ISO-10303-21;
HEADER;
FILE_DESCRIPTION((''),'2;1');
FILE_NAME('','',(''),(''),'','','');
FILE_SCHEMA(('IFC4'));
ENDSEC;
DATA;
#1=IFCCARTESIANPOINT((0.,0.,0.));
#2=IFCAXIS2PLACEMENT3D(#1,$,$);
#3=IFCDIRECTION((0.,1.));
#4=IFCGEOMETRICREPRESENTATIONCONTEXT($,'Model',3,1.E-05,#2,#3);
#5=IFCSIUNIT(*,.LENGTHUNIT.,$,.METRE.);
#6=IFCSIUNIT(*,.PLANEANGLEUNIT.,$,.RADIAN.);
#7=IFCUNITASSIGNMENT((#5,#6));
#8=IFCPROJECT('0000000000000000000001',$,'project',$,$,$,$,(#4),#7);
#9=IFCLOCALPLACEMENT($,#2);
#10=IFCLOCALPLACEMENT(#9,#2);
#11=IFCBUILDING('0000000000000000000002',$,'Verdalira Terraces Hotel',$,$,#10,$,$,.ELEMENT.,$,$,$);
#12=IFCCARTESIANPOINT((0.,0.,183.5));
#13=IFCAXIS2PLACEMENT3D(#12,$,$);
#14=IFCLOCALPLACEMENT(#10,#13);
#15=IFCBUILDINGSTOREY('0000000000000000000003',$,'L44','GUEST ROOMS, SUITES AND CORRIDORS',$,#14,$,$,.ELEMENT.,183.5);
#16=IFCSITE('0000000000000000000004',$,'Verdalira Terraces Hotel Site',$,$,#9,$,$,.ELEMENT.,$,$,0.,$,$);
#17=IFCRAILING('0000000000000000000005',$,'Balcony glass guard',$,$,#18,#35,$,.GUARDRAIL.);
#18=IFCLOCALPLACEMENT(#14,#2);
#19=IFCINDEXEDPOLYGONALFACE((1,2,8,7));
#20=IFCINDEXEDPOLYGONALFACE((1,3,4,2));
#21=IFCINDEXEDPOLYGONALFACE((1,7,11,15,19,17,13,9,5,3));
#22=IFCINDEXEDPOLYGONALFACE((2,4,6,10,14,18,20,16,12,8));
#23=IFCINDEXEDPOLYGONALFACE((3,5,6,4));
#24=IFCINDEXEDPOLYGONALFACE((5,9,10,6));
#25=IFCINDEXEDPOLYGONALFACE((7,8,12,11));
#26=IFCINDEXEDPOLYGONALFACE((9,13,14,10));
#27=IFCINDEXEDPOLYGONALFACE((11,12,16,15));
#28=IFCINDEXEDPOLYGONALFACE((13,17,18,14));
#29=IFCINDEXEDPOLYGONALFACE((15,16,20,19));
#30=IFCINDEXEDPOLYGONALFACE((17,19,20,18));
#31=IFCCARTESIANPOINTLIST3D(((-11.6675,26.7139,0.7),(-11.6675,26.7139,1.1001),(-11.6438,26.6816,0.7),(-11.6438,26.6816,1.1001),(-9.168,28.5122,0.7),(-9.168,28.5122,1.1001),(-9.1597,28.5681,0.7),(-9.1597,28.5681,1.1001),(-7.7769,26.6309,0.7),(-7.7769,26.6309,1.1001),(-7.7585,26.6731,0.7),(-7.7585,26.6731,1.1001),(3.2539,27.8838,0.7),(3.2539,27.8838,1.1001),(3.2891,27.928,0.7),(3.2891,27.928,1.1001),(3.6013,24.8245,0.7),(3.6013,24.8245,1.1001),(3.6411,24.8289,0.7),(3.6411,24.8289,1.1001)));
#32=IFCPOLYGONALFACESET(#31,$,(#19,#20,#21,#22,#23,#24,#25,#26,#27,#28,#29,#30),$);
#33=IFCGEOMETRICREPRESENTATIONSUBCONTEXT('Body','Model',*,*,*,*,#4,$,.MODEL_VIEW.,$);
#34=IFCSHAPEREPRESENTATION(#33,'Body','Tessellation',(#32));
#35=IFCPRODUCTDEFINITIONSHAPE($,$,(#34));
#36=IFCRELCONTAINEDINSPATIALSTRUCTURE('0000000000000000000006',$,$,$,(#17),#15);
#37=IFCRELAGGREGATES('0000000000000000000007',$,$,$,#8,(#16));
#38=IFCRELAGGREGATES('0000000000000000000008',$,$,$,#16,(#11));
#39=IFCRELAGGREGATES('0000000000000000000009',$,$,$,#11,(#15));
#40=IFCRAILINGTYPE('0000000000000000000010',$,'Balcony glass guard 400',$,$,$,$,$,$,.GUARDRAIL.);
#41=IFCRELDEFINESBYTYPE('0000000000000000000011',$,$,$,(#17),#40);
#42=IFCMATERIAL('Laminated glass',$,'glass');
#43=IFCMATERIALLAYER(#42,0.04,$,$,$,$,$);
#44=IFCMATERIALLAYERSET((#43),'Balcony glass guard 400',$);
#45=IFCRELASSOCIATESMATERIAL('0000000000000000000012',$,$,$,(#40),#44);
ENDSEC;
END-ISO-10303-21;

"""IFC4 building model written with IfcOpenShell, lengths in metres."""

from ifc_helpers import new_model, si_unit, direction, frame, origin, place, context, subcontext, project, spatial, polyline, outline, extrude, material, layer, layer_set, type_object, element, save


model = new_model("IFC4")

# Units and contexts
model_context = context("Model", 3, precision=1e-05, world=origin(), true_north=direction((0.0, 1.0)))
body_context = subcontext(model_context, "Body", "Model", "MODEL_VIEW")
ifc_project = project(units=[si_unit("LENGTHUNIT", "METRE"), si_unit("PLANEANGLEUNIT", "RADIAN")], contexts=[model_context])

# Site, building, storey
site_placement = place(None, origin())
site = spatial("IfcSite", under=ifc_project, at=site_placement, Name="Verdalira Terraces Hotel Site", CompositionType="ELEMENT", RefElevation=0.0)
building_placement = place(site_placement, origin())
building = spatial("IfcBuilding", under=site, at=building_placement, Name="Verdalira Terraces Hotel", CompositionType="ELEMENT")
storey_placement = place(building_placement, frame((0.0, 0.0, 183.5)))
storey = spatial("IfcBuildingStorey", under=building, at=storey_placement, Name="L44", Description="GUEST ROOMS, SUITES AND CORRIDORS", CompositionType="ELEMENT", Elevation=183.5)

# Railing
ifc_material_1 = material(Name="Laminated glass", Category="glass")
ifc_layer_1 = layer(ifc_material_1, 0.04)
ifc_layer_set_1 = layer_set([ifc_layer_1], Name="Balcony glass guard 400")
railing_type = type_object("IfcRailingType", Name="Balcony glass guard 400", PredefinedType="GUARDRAIL", material=ifc_layer_set_1)
railing_1_placement = place(storey_placement, frame((0.0, 0.0, 0.7)))
element("IfcRailing", 1, at=railing_1_placement, inside=storey, type_object=railing_type, Name="Balcony glass guard", PredefinedType="GUARDRAIL", context=body_context, shape_type="SweptSolid", body=[
    extrude(outline(polyline([(3.2539, 27.8838), (-7.7769, 26.6309), (-9.168, 28.5122), (-11.6438, 26.6816), (-11.6675, 26.7139), (-9.1597, 28.5681), (-7.7585, 26.6731), (3.2891, 27.928), (3.6411, 24.8289), (3.6013, 24.8245), (3.2539, 27.8838)])), origin(), (0.0, 0.0, 1.0), 0.4001),
])

save(model, "model.ifc")
